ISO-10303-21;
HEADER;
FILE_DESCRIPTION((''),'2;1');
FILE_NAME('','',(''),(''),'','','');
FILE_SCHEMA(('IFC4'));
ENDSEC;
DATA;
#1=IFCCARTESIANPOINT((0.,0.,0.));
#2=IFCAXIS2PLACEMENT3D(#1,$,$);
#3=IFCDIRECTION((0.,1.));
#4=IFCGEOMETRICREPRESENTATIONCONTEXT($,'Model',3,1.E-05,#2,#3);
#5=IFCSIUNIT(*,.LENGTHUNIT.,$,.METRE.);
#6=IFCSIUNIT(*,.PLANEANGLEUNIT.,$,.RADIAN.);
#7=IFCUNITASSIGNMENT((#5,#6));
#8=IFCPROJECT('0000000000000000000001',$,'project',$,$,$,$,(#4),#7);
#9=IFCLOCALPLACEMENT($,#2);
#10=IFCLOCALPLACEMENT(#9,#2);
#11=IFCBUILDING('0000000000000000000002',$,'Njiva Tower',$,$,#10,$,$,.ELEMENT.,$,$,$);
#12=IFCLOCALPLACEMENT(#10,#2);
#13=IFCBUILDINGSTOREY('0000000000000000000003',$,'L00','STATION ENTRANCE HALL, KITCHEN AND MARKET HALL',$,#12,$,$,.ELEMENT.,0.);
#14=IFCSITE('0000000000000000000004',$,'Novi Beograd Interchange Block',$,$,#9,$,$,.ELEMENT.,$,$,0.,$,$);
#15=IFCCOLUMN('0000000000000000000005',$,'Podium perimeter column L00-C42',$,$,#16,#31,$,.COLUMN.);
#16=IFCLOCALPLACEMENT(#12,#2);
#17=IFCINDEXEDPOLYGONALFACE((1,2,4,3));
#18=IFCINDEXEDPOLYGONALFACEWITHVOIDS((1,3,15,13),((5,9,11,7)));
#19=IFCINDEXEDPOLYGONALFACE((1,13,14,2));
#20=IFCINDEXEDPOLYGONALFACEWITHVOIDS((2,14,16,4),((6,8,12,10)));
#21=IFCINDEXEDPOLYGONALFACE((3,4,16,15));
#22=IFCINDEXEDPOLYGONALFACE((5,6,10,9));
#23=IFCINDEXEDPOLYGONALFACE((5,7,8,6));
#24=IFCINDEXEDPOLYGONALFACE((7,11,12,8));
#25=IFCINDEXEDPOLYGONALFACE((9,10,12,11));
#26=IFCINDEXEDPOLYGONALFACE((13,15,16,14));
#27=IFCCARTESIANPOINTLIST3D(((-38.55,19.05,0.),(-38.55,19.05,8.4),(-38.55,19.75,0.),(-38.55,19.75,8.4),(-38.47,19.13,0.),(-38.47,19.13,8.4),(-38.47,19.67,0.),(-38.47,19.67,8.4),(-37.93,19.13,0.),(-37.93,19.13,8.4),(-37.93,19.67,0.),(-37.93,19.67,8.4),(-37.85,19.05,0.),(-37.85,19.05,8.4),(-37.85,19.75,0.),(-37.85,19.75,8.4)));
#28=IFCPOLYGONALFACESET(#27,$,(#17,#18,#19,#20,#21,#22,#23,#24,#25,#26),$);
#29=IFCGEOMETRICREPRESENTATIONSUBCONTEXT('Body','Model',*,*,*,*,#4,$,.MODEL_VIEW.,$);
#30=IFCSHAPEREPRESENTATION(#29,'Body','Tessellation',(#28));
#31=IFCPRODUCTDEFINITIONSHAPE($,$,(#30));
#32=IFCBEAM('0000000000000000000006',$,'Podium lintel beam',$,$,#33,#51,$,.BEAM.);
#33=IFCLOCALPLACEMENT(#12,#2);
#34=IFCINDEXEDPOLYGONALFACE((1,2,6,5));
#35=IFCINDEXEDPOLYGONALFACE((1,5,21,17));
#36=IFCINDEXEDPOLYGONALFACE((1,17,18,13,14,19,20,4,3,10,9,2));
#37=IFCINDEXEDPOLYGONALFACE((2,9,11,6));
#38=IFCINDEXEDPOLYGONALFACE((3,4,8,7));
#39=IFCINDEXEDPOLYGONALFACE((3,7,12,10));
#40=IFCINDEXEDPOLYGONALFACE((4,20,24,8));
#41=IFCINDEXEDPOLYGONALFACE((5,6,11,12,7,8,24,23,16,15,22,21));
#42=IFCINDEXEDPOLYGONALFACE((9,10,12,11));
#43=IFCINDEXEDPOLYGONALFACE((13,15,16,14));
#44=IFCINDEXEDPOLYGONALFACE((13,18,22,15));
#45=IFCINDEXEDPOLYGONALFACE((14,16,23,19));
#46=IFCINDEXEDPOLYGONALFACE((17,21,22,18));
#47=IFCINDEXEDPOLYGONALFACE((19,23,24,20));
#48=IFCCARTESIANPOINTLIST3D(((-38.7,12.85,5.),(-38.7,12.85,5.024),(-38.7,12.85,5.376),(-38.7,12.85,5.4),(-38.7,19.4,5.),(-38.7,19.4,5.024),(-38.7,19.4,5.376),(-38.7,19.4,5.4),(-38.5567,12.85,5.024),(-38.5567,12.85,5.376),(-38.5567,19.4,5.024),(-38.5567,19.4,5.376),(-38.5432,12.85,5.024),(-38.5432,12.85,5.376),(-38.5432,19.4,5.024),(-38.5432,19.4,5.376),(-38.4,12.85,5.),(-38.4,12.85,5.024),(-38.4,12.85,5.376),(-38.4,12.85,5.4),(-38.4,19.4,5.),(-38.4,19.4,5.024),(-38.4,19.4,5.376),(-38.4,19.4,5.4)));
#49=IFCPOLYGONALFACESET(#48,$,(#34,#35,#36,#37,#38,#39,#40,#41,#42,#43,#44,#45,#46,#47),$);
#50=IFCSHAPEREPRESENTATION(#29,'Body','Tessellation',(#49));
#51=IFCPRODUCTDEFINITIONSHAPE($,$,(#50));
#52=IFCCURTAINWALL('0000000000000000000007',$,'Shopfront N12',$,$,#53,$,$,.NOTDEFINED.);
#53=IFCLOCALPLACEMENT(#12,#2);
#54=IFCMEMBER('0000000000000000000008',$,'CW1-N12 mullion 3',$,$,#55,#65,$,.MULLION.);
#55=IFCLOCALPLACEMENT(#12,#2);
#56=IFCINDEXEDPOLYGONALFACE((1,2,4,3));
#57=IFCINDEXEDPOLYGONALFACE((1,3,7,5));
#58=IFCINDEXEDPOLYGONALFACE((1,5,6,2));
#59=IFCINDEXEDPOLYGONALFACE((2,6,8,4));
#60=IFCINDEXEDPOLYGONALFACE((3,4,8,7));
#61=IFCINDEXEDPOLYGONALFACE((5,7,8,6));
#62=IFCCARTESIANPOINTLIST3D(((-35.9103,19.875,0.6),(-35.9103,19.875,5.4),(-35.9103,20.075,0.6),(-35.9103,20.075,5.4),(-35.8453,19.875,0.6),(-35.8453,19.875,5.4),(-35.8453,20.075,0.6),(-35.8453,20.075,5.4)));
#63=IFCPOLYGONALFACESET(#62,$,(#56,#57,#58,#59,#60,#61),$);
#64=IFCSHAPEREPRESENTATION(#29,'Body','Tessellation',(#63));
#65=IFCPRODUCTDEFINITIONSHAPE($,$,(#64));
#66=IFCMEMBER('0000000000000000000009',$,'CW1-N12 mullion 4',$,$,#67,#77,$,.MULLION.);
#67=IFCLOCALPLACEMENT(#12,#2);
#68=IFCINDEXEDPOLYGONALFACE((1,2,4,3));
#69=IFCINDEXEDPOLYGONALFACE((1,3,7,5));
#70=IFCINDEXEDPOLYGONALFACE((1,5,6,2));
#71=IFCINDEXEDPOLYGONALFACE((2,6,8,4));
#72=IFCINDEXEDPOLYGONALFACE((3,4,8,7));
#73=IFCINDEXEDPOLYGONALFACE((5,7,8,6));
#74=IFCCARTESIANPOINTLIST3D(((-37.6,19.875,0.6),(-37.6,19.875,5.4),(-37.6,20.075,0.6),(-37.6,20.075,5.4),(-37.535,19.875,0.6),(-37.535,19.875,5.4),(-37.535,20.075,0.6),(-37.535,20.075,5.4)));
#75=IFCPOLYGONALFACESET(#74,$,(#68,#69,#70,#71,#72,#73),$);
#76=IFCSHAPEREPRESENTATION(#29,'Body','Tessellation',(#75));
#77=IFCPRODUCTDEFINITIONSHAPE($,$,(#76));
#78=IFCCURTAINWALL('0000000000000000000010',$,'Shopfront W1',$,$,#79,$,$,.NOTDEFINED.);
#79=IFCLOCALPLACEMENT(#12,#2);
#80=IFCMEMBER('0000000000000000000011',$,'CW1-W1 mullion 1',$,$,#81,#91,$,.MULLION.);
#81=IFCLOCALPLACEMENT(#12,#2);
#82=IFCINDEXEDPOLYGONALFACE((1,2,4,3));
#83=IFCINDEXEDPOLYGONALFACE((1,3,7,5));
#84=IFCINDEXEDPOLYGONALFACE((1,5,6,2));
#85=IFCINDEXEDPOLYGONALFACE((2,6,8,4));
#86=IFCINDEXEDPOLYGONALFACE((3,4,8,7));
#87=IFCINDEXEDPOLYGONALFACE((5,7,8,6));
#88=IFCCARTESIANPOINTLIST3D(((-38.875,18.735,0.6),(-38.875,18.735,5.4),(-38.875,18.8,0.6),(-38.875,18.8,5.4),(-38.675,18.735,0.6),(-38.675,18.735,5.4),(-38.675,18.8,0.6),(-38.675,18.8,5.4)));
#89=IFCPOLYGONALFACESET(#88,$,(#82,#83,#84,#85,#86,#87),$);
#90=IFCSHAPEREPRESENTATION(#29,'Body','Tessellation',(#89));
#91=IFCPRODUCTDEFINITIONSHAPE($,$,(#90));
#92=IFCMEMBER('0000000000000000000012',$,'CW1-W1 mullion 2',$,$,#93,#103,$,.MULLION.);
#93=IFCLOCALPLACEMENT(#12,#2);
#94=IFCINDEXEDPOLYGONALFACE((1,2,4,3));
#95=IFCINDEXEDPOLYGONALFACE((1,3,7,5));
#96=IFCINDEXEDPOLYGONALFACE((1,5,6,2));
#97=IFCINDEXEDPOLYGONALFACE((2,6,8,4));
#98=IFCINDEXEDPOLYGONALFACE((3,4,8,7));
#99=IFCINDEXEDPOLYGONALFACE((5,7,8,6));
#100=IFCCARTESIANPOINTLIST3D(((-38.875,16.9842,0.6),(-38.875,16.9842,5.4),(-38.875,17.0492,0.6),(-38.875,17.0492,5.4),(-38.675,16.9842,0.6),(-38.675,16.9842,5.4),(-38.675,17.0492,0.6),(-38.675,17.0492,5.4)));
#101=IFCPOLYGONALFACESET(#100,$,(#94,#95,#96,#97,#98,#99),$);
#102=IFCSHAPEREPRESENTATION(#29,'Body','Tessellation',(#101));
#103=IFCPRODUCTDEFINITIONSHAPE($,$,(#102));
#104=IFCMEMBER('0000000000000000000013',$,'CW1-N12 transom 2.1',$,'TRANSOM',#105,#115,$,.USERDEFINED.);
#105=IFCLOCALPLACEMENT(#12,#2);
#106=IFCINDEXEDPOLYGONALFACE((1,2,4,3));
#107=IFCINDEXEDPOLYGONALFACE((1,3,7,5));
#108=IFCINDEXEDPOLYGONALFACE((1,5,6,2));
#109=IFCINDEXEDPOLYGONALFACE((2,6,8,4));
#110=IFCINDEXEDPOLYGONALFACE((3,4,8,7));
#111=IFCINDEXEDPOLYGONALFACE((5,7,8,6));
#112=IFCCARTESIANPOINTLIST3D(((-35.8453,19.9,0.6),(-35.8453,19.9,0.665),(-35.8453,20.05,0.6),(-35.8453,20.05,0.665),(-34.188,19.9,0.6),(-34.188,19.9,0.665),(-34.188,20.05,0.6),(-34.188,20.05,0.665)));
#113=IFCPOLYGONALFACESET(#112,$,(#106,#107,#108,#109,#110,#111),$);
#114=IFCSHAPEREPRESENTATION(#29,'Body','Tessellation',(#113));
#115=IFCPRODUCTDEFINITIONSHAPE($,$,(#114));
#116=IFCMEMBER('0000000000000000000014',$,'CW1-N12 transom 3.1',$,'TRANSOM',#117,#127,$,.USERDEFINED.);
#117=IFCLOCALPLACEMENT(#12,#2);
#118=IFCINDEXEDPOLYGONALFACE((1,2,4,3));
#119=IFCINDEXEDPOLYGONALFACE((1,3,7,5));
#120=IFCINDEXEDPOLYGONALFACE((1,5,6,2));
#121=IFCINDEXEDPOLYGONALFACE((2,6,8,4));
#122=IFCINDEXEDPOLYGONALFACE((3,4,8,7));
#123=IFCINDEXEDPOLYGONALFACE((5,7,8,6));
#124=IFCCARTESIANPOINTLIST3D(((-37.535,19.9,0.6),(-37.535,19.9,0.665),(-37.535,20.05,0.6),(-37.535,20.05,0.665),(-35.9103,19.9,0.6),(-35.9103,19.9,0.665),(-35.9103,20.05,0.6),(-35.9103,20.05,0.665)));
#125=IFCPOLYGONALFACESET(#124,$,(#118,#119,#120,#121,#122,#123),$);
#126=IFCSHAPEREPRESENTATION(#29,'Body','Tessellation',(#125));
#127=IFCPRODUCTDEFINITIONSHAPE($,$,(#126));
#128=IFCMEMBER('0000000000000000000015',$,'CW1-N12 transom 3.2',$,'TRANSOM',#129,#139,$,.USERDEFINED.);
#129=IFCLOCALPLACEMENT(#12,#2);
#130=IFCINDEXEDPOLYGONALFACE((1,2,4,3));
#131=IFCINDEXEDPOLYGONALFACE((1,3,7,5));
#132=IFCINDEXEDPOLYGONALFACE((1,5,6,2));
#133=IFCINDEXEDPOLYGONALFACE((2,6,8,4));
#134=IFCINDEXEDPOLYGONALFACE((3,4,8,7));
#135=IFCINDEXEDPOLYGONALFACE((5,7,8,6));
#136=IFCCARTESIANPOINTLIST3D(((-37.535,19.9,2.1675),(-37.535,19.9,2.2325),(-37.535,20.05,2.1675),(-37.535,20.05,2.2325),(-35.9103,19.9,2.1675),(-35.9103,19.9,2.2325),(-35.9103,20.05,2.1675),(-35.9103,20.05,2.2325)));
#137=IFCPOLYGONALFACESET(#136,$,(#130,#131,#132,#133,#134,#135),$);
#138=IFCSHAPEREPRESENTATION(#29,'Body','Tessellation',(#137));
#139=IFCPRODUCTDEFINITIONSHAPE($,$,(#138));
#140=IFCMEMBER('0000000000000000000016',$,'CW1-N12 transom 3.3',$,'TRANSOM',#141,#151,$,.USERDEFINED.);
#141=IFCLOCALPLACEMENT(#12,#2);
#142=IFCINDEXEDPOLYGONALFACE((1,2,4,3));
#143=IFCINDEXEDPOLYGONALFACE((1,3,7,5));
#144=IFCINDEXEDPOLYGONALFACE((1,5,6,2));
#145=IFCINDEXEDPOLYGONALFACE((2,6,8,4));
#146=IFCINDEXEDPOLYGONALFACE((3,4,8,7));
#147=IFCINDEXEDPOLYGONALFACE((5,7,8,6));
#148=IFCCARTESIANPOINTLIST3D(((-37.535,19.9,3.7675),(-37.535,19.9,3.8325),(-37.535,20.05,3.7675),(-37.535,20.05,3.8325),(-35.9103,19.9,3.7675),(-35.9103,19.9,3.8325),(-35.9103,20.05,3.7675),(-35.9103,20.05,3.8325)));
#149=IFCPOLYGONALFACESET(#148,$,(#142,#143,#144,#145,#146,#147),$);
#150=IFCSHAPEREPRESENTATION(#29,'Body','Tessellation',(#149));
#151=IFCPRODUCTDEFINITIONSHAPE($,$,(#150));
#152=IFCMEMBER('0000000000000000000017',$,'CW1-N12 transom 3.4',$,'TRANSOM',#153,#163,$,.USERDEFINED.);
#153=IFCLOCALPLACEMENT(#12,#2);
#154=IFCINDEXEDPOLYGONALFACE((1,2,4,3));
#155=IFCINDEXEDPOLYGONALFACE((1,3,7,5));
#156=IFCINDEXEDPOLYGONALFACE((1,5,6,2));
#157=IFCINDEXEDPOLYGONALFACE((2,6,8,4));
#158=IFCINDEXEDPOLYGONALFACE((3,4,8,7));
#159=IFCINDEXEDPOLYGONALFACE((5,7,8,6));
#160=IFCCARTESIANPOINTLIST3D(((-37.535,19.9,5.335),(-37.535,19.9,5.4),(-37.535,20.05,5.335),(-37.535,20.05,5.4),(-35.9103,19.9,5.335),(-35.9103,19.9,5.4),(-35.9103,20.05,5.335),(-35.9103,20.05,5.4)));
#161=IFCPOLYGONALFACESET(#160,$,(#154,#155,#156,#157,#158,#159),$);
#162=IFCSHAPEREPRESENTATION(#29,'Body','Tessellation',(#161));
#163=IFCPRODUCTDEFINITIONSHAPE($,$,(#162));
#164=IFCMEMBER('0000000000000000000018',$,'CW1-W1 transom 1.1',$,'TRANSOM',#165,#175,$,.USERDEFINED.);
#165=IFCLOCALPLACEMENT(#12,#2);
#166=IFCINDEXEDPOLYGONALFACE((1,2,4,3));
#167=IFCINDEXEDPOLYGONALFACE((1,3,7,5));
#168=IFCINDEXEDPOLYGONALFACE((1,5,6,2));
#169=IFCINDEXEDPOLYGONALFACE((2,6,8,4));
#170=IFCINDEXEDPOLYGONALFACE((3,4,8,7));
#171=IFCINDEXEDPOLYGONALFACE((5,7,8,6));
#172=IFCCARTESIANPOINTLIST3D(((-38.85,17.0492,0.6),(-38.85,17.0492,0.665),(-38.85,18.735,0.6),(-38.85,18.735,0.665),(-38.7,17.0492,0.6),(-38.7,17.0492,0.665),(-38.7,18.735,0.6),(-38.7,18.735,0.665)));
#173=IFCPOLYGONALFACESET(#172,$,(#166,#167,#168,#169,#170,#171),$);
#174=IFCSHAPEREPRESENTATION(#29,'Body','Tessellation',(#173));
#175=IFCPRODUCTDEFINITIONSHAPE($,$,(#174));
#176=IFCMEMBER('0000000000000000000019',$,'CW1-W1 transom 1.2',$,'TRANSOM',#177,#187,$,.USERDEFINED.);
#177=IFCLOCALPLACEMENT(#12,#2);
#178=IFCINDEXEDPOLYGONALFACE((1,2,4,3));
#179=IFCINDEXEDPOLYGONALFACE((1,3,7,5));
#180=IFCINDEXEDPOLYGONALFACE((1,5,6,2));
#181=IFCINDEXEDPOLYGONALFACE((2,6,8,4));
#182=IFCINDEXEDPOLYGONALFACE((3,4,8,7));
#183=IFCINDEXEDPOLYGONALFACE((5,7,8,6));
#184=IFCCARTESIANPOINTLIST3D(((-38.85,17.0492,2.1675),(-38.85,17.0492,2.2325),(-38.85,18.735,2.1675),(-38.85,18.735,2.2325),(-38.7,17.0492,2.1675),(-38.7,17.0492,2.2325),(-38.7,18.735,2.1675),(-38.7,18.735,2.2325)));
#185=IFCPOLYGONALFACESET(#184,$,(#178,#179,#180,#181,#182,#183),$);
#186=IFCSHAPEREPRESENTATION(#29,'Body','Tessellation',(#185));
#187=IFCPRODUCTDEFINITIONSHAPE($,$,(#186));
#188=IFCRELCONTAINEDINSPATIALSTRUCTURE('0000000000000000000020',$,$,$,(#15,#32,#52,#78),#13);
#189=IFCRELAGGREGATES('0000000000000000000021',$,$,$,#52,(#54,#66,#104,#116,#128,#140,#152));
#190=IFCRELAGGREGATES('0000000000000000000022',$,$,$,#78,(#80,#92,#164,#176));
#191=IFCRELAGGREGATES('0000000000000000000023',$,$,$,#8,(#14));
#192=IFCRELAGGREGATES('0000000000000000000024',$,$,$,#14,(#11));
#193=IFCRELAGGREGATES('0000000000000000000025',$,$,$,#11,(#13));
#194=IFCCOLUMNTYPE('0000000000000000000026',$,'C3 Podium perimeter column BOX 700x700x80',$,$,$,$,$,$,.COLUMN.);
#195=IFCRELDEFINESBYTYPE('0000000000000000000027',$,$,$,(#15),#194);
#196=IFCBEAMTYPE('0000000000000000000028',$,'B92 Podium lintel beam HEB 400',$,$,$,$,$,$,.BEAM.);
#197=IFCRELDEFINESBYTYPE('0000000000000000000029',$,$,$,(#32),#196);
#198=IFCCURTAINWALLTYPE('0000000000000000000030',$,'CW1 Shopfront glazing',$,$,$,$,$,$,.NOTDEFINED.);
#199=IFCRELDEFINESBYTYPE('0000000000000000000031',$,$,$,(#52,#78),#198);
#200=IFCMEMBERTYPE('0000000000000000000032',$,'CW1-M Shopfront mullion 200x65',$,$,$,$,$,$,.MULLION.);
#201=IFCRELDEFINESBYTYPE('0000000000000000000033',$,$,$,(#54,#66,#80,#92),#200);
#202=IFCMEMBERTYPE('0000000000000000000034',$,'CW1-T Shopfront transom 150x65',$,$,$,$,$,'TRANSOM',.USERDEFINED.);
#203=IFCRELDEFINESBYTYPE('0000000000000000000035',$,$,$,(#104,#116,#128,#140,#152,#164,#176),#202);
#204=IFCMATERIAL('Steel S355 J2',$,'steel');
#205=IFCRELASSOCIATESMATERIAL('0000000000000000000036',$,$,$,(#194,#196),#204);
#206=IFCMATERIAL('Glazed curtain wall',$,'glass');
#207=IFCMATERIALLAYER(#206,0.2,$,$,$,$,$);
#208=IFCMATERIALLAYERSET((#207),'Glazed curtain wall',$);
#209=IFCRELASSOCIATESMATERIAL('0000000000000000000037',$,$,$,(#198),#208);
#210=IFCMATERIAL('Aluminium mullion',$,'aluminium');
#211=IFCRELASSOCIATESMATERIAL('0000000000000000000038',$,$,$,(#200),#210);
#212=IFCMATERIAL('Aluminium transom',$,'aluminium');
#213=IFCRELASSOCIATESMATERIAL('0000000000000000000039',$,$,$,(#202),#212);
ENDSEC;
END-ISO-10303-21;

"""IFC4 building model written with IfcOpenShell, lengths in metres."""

from ifc_helpers import new_model, si_unit, direction, frame, origin, origin_2d, place, context, subcontext, project, spatial, rectangle, hollow_rectangle, i_section, extrude, material, layer, layer_set, material_profile, profile_set, type_object, element, aggregate, save


model = new_model("IFC4")

# Units and contexts
model_context = context("Model", 3, precision=1e-05, world=origin(), true_north=direction((0.0, 1.0)))
body_context = subcontext(model_context, "Body", "Model", "MODEL_VIEW")
ifc_project = project(units=[si_unit("LENGTHUNIT", "METRE"), si_unit("PLANEANGLEUNIT", "RADIAN")], contexts=[model_context])

# Site, building, storey
site_placement = place(None, origin())
site = spatial("IfcSite", under=ifc_project, at=site_placement, Name="Novi Beograd Interchange Block", CompositionType="ELEMENT", RefElevation=0.0)
building_placement = place(site_placement, origin())
building = spatial("IfcBuilding", under=site, at=building_placement, Name="Njiva Tower", CompositionType="ELEMENT")
storey_placement = place(building_placement, origin())
storey = spatial("IfcBuildingStorey", under=building, at=storey_placement, Name="L00", Description="STATION ENTRANCE HALL, KITCHEN AND MARKET HALL", CompositionType="ELEMENT", Elevation=0.0)

# Column
ifc_material_1 = material(Name="Steel S355 J2", Category="steel")
ifc_material_profile_1 = material_profile(ifc_material_1, hollow_rectangle(XDim=0.7, YDim=0.7, WallThickness=0.08, at=origin_2d()), Name="BOX 700x700x80")
ifc_profile_set_1 = profile_set([ifc_material_profile_1], Name="Steel S355 J2")
column_type = type_object("IfcColumnType", Name="C3 Podium perimeter column BOX 700x700x80", PredefinedType="COLUMN", material=ifc_profile_set_1)
column_placement = place(storey_placement, frame((-38.2, 19.4, 0.0), z_axis=(0.0, 0.0, 1.0), x_axis=(0.0, -1.0, 0.0)))
element("IfcColumn", 1, at=column_placement, inside=storey, type_object=column_type, Name="Podium perimeter column L00-C42", PredefinedType="COLUMN", context=body_context, shape_type="SweptSolid", body=[
    extrude(hollow_rectangle(XDim=0.7, YDim=0.7, WallThickness=0.08, at=origin_2d()), origin(), (0.0, 0.0, 1.0), 8.4),
])

# Beam
ifc_material_profile_2 = material_profile(ifc_material_1, i_section(OverallWidth=0.3, OverallDepth=0.4, WebThickness=0.0135, FlangeThickness=0.024, at=origin_2d()), Name="HEB400")
ifc_profile_set_2 = profile_set([ifc_material_profile_2], Name="Steel S355 J2")
beam_type = type_object("IfcBeamType", Name="B92 Podium lintel beam HEB 400", PredefinedType="BEAM", material=ifc_profile_set_2)
beam_placement = place(storey_placement, frame((-38.55, 19.4, 5.2), z_axis=(0.0, -1.0, 0.0), x_axis=(1.0, 0.0, 0.0)))
element("IfcBeam", 2, at=beam_placement, inside=storey, type_object=beam_type, Name="Podium lintel beam", PredefinedType="BEAM", context=body_context, shape_type="SweptSolid", body=[
    extrude(i_section(OverallWidth=0.3, OverallDepth=0.4, WebThickness=0.0135, FlangeThickness=0.024, at=origin_2d()), origin(), (0.0, 0.0, 1.0), 6.55),
])

# Curtain walls, members
ifc_material_2 = material(Name="Glazed curtain wall", Category="glass")
ifc_layer_1 = layer(ifc_material_2, 0.2)
ifc_layer_set_1 = layer_set([ifc_layer_1], Name="Glazed curtain wall")
curtain_wall_type = type_object("IfcCurtainWallType", Name="CW1 Shopfront glazing", PredefinedType="NOTDEFINED", material=ifc_layer_set_1)
curtain_wall_1_placement = place(storey_placement, origin())
curtain_wall_1 = element("IfcCurtainWall", 3, at=curtain_wall_1_placement, inside=storey, type_object=curtain_wall_type, Name="Shopfront N12", PredefinedType="NOTDEFINED")
ifc_material_3 = material(Name="Aluminium mullion", Category="aluminium")
ifc_material_profile_3 = material_profile(ifc_material_3, rectangle(XDim=0.2, YDim=0.065, at=origin_2d()), Name="RECT 200x65")
ifc_profile_set_3 = profile_set([ifc_material_profile_3], Name="Aluminium mullion")
member_type_1 = type_object("IfcMemberType", Name="CW1-M Shopfront mullion 200x65", PredefinedType="MULLION", material=ifc_profile_set_3)
member_1_placement = place(storey_placement, frame((-35.8778, 19.975, 0.6), z_axis=(0.0, 0.0, 1.0), x_axis=(0.0, -1.0, 0.0)))
member_1 = element("IfcMember", 4, at=member_1_placement, type_object=member_type_1, Name="CW1-N12 mullion 3", PredefinedType="MULLION", context=body_context, shape_type="SweptSolid", body=[
    extrude(rectangle(XDim=0.2, YDim=0.065, at=origin_2d()), origin(), (0.0, 0.0, 1.0), 4.8),
])
member_2_placement = place(storey_placement, frame((-37.5675, 19.975, 0.6), z_axis=(0.0, 0.0, 1.0), x_axis=(0.0, -1.0, 0.0)))
member_2 = element("IfcMember", 5, at=member_2_placement, type_object=member_type_1, Name="CW1-N12 mullion 4", PredefinedType="MULLION", context=body_context, shape_type="SweptSolid", body=[
    extrude(rectangle(XDim=0.2, YDim=0.065, at=origin_2d()), origin(), (0.0, 0.0, 1.0), 4.8),
])
curtain_wall_2_placement = place(storey_placement, origin())
curtain_wall_2 = element("IfcCurtainWall", 6, at=curtain_wall_2_placement, inside=storey, type_object=curtain_wall_type, Name="Shopfront W1", PredefinedType="NOTDEFINED")
member_3_placement = place(storey_placement, frame((-38.775, 18.7675, 0.6), z_axis=(0.0, 0.0, 1.0), x_axis=(1.0, 0.0, 0.0)))
member_3 = element("IfcMember", 7, at=member_3_placement, type_object=member_type_1, Name="CW1-W1 mullion 1", PredefinedType="MULLION", context=body_context, shape_type="SweptSolid", body=[
    extrude(rectangle(XDim=0.2, YDim=0.065, at=origin_2d()), origin(), (0.0, 0.0, 1.0), 4.8),
])
member_4_placement = place(storey_placement, frame((-38.775, 17.0167, 0.6), z_axis=(0.0, 0.0, 1.0), x_axis=(1.0, 0.0, 0.0)))
member_4 = element("IfcMember", 8, at=member_4_placement, type_object=member_type_1, Name="CW1-W1 mullion 2", PredefinedType="MULLION", context=body_context, shape_type="SweptSolid", body=[
    extrude(rectangle(XDim=0.2, YDim=0.065, at=origin_2d()), origin(), (0.0, 0.0, 1.0), 4.8),
])

# Members
ifc_material_4 = material(Name="Aluminium transom", Category="aluminium")
ifc_material_profile_4 = material_profile(ifc_material_4, rectangle(XDim=0.15, YDim=0.065, at=origin_2d()), Name="RECT 150x65")
ifc_profile_set_4 = profile_set([ifc_material_profile_4], Name="Aluminium transom")
member_type_2 = type_object("IfcMemberType", Name="CW1-T Shopfront transom 150x65", ElementType="TRANSOM", PredefinedType="USERDEFINED", material=ifc_profile_set_4)
member_5_placement = place(storey_placement, frame((-34.188, 19.975, 0.6325), z_axis=(-1.0, 0.0, 0.0), x_axis=(0.0, -1.0, 0.0)))
member_5 = element("IfcMember", 9, at=member_5_placement, type_object=member_type_2, Name="CW1-N12 transom 2.1", ObjectType="TRANSOM", PredefinedType="USERDEFINED", context=body_context, shape_type="SweptSolid", body=[
    extrude(rectangle(XDim=0.15, YDim=0.065, at=origin_2d()), origin(), (0.0, 0.0, 1.0), 1.6573),
])
member_6_placement = place(storey_placement, frame((-35.9103, 19.975, 0.6325), z_axis=(-1.0, 0.0, 0.0), x_axis=(0.0, -1.0, 0.0)))
member_6 = element("IfcMember", 10, at=member_6_placement, type_object=member_type_2, Name="CW1-N12 transom 3.1", ObjectType="TRANSOM", PredefinedType="USERDEFINED", context=body_context, shape_type="SweptSolid", body=[
    extrude(rectangle(XDim=0.15, YDim=0.065, at=origin_2d()), origin(), (0.0, 0.0, 1.0), 1.6247),
])
member_7_placement = place(storey_placement, frame((-35.9103, 19.975, 2.2), z_axis=(-1.0, 0.0, 0.0), x_axis=(0.0, -1.0, 0.0)))
member_7 = element("IfcMember", 11, at=member_7_placement, type_object=member_type_2, Name="CW1-N12 transom 3.2", ObjectType="TRANSOM", PredefinedType="USERDEFINED", context=body_context, shape_type="SweptSolid", body=[
    extrude(rectangle(XDim=0.15, YDim=0.065, at=origin_2d()), origin(), (0.0, 0.0, 1.0), 1.6247),
])
member_8_placement = place(storey_placement, frame((-35.9103, 19.975, 3.8), z_axis=(-1.0, 0.0, 0.0), x_axis=(0.0, -1.0, 0.0)))
member_8 = element("IfcMember", 12, at=member_8_placement, type_object=member_type_2, Name="CW1-N12 transom 3.3", ObjectType="TRANSOM", PredefinedType="USERDEFINED", context=body_context, shape_type="SweptSolid", body=[
    extrude(rectangle(XDim=0.15, YDim=0.065, at=origin_2d()), origin(), (0.0, 0.0, 1.0), 1.6247),
])
member_9_placement = place(storey_placement, frame((-35.9103, 19.975, 5.3675), z_axis=(-1.0, 0.0, 0.0), x_axis=(0.0, -1.0, 0.0)))
member_9 = element("IfcMember", 13, at=member_9_placement, type_object=member_type_2, Name="CW1-N12 transom 3.4", ObjectType="TRANSOM", PredefinedType="USERDEFINED", context=body_context, shape_type="SweptSolid", body=[
    extrude(rectangle(XDim=0.15, YDim=0.065, at=origin_2d()), origin(), (0.0, 0.0, 1.0), 1.6247),
])
member_10_placement = place(storey_placement, frame((-38.775, 18.735, 0.6325), z_axis=(0.0, -1.0, 0.0), x_axis=(1.0, 0.0, 0.0)))
member_10 = element("IfcMember", 14, at=member_10_placement, type_object=member_type_2, Name="CW1-W1 transom 1.1", ObjectType="TRANSOM", PredefinedType="USERDEFINED", context=body_context, shape_type="SweptSolid", body=[
    extrude(rectangle(XDim=0.15, YDim=0.065, at=origin_2d()), origin(), (0.0, 0.0, 1.0), 1.6858),
])
member_11_placement = place(storey_placement, frame((-38.775, 18.735, 2.2), z_axis=(0.0, -1.0, 0.0), x_axis=(1.0, 0.0, 0.0)))
member_11 = element("IfcMember", 15, at=member_11_placement, type_object=member_type_2, Name="CW1-W1 transom 1.2", ObjectType="TRANSOM", PredefinedType="USERDEFINED", context=body_context, shape_type="SweptSolid", body=[
    extrude(rectangle(XDim=0.15, YDim=0.065, at=origin_2d()), origin(), (0.0, 0.0, 1.0), 1.6858),
])

aggregate(curtain_wall_1, [member_1, member_2, member_5, member_6, member_7, member_8, member_9])
aggregate(curtain_wall_2, [member_3, member_4, member_10, member_11])

save(model, "model.ifc")
